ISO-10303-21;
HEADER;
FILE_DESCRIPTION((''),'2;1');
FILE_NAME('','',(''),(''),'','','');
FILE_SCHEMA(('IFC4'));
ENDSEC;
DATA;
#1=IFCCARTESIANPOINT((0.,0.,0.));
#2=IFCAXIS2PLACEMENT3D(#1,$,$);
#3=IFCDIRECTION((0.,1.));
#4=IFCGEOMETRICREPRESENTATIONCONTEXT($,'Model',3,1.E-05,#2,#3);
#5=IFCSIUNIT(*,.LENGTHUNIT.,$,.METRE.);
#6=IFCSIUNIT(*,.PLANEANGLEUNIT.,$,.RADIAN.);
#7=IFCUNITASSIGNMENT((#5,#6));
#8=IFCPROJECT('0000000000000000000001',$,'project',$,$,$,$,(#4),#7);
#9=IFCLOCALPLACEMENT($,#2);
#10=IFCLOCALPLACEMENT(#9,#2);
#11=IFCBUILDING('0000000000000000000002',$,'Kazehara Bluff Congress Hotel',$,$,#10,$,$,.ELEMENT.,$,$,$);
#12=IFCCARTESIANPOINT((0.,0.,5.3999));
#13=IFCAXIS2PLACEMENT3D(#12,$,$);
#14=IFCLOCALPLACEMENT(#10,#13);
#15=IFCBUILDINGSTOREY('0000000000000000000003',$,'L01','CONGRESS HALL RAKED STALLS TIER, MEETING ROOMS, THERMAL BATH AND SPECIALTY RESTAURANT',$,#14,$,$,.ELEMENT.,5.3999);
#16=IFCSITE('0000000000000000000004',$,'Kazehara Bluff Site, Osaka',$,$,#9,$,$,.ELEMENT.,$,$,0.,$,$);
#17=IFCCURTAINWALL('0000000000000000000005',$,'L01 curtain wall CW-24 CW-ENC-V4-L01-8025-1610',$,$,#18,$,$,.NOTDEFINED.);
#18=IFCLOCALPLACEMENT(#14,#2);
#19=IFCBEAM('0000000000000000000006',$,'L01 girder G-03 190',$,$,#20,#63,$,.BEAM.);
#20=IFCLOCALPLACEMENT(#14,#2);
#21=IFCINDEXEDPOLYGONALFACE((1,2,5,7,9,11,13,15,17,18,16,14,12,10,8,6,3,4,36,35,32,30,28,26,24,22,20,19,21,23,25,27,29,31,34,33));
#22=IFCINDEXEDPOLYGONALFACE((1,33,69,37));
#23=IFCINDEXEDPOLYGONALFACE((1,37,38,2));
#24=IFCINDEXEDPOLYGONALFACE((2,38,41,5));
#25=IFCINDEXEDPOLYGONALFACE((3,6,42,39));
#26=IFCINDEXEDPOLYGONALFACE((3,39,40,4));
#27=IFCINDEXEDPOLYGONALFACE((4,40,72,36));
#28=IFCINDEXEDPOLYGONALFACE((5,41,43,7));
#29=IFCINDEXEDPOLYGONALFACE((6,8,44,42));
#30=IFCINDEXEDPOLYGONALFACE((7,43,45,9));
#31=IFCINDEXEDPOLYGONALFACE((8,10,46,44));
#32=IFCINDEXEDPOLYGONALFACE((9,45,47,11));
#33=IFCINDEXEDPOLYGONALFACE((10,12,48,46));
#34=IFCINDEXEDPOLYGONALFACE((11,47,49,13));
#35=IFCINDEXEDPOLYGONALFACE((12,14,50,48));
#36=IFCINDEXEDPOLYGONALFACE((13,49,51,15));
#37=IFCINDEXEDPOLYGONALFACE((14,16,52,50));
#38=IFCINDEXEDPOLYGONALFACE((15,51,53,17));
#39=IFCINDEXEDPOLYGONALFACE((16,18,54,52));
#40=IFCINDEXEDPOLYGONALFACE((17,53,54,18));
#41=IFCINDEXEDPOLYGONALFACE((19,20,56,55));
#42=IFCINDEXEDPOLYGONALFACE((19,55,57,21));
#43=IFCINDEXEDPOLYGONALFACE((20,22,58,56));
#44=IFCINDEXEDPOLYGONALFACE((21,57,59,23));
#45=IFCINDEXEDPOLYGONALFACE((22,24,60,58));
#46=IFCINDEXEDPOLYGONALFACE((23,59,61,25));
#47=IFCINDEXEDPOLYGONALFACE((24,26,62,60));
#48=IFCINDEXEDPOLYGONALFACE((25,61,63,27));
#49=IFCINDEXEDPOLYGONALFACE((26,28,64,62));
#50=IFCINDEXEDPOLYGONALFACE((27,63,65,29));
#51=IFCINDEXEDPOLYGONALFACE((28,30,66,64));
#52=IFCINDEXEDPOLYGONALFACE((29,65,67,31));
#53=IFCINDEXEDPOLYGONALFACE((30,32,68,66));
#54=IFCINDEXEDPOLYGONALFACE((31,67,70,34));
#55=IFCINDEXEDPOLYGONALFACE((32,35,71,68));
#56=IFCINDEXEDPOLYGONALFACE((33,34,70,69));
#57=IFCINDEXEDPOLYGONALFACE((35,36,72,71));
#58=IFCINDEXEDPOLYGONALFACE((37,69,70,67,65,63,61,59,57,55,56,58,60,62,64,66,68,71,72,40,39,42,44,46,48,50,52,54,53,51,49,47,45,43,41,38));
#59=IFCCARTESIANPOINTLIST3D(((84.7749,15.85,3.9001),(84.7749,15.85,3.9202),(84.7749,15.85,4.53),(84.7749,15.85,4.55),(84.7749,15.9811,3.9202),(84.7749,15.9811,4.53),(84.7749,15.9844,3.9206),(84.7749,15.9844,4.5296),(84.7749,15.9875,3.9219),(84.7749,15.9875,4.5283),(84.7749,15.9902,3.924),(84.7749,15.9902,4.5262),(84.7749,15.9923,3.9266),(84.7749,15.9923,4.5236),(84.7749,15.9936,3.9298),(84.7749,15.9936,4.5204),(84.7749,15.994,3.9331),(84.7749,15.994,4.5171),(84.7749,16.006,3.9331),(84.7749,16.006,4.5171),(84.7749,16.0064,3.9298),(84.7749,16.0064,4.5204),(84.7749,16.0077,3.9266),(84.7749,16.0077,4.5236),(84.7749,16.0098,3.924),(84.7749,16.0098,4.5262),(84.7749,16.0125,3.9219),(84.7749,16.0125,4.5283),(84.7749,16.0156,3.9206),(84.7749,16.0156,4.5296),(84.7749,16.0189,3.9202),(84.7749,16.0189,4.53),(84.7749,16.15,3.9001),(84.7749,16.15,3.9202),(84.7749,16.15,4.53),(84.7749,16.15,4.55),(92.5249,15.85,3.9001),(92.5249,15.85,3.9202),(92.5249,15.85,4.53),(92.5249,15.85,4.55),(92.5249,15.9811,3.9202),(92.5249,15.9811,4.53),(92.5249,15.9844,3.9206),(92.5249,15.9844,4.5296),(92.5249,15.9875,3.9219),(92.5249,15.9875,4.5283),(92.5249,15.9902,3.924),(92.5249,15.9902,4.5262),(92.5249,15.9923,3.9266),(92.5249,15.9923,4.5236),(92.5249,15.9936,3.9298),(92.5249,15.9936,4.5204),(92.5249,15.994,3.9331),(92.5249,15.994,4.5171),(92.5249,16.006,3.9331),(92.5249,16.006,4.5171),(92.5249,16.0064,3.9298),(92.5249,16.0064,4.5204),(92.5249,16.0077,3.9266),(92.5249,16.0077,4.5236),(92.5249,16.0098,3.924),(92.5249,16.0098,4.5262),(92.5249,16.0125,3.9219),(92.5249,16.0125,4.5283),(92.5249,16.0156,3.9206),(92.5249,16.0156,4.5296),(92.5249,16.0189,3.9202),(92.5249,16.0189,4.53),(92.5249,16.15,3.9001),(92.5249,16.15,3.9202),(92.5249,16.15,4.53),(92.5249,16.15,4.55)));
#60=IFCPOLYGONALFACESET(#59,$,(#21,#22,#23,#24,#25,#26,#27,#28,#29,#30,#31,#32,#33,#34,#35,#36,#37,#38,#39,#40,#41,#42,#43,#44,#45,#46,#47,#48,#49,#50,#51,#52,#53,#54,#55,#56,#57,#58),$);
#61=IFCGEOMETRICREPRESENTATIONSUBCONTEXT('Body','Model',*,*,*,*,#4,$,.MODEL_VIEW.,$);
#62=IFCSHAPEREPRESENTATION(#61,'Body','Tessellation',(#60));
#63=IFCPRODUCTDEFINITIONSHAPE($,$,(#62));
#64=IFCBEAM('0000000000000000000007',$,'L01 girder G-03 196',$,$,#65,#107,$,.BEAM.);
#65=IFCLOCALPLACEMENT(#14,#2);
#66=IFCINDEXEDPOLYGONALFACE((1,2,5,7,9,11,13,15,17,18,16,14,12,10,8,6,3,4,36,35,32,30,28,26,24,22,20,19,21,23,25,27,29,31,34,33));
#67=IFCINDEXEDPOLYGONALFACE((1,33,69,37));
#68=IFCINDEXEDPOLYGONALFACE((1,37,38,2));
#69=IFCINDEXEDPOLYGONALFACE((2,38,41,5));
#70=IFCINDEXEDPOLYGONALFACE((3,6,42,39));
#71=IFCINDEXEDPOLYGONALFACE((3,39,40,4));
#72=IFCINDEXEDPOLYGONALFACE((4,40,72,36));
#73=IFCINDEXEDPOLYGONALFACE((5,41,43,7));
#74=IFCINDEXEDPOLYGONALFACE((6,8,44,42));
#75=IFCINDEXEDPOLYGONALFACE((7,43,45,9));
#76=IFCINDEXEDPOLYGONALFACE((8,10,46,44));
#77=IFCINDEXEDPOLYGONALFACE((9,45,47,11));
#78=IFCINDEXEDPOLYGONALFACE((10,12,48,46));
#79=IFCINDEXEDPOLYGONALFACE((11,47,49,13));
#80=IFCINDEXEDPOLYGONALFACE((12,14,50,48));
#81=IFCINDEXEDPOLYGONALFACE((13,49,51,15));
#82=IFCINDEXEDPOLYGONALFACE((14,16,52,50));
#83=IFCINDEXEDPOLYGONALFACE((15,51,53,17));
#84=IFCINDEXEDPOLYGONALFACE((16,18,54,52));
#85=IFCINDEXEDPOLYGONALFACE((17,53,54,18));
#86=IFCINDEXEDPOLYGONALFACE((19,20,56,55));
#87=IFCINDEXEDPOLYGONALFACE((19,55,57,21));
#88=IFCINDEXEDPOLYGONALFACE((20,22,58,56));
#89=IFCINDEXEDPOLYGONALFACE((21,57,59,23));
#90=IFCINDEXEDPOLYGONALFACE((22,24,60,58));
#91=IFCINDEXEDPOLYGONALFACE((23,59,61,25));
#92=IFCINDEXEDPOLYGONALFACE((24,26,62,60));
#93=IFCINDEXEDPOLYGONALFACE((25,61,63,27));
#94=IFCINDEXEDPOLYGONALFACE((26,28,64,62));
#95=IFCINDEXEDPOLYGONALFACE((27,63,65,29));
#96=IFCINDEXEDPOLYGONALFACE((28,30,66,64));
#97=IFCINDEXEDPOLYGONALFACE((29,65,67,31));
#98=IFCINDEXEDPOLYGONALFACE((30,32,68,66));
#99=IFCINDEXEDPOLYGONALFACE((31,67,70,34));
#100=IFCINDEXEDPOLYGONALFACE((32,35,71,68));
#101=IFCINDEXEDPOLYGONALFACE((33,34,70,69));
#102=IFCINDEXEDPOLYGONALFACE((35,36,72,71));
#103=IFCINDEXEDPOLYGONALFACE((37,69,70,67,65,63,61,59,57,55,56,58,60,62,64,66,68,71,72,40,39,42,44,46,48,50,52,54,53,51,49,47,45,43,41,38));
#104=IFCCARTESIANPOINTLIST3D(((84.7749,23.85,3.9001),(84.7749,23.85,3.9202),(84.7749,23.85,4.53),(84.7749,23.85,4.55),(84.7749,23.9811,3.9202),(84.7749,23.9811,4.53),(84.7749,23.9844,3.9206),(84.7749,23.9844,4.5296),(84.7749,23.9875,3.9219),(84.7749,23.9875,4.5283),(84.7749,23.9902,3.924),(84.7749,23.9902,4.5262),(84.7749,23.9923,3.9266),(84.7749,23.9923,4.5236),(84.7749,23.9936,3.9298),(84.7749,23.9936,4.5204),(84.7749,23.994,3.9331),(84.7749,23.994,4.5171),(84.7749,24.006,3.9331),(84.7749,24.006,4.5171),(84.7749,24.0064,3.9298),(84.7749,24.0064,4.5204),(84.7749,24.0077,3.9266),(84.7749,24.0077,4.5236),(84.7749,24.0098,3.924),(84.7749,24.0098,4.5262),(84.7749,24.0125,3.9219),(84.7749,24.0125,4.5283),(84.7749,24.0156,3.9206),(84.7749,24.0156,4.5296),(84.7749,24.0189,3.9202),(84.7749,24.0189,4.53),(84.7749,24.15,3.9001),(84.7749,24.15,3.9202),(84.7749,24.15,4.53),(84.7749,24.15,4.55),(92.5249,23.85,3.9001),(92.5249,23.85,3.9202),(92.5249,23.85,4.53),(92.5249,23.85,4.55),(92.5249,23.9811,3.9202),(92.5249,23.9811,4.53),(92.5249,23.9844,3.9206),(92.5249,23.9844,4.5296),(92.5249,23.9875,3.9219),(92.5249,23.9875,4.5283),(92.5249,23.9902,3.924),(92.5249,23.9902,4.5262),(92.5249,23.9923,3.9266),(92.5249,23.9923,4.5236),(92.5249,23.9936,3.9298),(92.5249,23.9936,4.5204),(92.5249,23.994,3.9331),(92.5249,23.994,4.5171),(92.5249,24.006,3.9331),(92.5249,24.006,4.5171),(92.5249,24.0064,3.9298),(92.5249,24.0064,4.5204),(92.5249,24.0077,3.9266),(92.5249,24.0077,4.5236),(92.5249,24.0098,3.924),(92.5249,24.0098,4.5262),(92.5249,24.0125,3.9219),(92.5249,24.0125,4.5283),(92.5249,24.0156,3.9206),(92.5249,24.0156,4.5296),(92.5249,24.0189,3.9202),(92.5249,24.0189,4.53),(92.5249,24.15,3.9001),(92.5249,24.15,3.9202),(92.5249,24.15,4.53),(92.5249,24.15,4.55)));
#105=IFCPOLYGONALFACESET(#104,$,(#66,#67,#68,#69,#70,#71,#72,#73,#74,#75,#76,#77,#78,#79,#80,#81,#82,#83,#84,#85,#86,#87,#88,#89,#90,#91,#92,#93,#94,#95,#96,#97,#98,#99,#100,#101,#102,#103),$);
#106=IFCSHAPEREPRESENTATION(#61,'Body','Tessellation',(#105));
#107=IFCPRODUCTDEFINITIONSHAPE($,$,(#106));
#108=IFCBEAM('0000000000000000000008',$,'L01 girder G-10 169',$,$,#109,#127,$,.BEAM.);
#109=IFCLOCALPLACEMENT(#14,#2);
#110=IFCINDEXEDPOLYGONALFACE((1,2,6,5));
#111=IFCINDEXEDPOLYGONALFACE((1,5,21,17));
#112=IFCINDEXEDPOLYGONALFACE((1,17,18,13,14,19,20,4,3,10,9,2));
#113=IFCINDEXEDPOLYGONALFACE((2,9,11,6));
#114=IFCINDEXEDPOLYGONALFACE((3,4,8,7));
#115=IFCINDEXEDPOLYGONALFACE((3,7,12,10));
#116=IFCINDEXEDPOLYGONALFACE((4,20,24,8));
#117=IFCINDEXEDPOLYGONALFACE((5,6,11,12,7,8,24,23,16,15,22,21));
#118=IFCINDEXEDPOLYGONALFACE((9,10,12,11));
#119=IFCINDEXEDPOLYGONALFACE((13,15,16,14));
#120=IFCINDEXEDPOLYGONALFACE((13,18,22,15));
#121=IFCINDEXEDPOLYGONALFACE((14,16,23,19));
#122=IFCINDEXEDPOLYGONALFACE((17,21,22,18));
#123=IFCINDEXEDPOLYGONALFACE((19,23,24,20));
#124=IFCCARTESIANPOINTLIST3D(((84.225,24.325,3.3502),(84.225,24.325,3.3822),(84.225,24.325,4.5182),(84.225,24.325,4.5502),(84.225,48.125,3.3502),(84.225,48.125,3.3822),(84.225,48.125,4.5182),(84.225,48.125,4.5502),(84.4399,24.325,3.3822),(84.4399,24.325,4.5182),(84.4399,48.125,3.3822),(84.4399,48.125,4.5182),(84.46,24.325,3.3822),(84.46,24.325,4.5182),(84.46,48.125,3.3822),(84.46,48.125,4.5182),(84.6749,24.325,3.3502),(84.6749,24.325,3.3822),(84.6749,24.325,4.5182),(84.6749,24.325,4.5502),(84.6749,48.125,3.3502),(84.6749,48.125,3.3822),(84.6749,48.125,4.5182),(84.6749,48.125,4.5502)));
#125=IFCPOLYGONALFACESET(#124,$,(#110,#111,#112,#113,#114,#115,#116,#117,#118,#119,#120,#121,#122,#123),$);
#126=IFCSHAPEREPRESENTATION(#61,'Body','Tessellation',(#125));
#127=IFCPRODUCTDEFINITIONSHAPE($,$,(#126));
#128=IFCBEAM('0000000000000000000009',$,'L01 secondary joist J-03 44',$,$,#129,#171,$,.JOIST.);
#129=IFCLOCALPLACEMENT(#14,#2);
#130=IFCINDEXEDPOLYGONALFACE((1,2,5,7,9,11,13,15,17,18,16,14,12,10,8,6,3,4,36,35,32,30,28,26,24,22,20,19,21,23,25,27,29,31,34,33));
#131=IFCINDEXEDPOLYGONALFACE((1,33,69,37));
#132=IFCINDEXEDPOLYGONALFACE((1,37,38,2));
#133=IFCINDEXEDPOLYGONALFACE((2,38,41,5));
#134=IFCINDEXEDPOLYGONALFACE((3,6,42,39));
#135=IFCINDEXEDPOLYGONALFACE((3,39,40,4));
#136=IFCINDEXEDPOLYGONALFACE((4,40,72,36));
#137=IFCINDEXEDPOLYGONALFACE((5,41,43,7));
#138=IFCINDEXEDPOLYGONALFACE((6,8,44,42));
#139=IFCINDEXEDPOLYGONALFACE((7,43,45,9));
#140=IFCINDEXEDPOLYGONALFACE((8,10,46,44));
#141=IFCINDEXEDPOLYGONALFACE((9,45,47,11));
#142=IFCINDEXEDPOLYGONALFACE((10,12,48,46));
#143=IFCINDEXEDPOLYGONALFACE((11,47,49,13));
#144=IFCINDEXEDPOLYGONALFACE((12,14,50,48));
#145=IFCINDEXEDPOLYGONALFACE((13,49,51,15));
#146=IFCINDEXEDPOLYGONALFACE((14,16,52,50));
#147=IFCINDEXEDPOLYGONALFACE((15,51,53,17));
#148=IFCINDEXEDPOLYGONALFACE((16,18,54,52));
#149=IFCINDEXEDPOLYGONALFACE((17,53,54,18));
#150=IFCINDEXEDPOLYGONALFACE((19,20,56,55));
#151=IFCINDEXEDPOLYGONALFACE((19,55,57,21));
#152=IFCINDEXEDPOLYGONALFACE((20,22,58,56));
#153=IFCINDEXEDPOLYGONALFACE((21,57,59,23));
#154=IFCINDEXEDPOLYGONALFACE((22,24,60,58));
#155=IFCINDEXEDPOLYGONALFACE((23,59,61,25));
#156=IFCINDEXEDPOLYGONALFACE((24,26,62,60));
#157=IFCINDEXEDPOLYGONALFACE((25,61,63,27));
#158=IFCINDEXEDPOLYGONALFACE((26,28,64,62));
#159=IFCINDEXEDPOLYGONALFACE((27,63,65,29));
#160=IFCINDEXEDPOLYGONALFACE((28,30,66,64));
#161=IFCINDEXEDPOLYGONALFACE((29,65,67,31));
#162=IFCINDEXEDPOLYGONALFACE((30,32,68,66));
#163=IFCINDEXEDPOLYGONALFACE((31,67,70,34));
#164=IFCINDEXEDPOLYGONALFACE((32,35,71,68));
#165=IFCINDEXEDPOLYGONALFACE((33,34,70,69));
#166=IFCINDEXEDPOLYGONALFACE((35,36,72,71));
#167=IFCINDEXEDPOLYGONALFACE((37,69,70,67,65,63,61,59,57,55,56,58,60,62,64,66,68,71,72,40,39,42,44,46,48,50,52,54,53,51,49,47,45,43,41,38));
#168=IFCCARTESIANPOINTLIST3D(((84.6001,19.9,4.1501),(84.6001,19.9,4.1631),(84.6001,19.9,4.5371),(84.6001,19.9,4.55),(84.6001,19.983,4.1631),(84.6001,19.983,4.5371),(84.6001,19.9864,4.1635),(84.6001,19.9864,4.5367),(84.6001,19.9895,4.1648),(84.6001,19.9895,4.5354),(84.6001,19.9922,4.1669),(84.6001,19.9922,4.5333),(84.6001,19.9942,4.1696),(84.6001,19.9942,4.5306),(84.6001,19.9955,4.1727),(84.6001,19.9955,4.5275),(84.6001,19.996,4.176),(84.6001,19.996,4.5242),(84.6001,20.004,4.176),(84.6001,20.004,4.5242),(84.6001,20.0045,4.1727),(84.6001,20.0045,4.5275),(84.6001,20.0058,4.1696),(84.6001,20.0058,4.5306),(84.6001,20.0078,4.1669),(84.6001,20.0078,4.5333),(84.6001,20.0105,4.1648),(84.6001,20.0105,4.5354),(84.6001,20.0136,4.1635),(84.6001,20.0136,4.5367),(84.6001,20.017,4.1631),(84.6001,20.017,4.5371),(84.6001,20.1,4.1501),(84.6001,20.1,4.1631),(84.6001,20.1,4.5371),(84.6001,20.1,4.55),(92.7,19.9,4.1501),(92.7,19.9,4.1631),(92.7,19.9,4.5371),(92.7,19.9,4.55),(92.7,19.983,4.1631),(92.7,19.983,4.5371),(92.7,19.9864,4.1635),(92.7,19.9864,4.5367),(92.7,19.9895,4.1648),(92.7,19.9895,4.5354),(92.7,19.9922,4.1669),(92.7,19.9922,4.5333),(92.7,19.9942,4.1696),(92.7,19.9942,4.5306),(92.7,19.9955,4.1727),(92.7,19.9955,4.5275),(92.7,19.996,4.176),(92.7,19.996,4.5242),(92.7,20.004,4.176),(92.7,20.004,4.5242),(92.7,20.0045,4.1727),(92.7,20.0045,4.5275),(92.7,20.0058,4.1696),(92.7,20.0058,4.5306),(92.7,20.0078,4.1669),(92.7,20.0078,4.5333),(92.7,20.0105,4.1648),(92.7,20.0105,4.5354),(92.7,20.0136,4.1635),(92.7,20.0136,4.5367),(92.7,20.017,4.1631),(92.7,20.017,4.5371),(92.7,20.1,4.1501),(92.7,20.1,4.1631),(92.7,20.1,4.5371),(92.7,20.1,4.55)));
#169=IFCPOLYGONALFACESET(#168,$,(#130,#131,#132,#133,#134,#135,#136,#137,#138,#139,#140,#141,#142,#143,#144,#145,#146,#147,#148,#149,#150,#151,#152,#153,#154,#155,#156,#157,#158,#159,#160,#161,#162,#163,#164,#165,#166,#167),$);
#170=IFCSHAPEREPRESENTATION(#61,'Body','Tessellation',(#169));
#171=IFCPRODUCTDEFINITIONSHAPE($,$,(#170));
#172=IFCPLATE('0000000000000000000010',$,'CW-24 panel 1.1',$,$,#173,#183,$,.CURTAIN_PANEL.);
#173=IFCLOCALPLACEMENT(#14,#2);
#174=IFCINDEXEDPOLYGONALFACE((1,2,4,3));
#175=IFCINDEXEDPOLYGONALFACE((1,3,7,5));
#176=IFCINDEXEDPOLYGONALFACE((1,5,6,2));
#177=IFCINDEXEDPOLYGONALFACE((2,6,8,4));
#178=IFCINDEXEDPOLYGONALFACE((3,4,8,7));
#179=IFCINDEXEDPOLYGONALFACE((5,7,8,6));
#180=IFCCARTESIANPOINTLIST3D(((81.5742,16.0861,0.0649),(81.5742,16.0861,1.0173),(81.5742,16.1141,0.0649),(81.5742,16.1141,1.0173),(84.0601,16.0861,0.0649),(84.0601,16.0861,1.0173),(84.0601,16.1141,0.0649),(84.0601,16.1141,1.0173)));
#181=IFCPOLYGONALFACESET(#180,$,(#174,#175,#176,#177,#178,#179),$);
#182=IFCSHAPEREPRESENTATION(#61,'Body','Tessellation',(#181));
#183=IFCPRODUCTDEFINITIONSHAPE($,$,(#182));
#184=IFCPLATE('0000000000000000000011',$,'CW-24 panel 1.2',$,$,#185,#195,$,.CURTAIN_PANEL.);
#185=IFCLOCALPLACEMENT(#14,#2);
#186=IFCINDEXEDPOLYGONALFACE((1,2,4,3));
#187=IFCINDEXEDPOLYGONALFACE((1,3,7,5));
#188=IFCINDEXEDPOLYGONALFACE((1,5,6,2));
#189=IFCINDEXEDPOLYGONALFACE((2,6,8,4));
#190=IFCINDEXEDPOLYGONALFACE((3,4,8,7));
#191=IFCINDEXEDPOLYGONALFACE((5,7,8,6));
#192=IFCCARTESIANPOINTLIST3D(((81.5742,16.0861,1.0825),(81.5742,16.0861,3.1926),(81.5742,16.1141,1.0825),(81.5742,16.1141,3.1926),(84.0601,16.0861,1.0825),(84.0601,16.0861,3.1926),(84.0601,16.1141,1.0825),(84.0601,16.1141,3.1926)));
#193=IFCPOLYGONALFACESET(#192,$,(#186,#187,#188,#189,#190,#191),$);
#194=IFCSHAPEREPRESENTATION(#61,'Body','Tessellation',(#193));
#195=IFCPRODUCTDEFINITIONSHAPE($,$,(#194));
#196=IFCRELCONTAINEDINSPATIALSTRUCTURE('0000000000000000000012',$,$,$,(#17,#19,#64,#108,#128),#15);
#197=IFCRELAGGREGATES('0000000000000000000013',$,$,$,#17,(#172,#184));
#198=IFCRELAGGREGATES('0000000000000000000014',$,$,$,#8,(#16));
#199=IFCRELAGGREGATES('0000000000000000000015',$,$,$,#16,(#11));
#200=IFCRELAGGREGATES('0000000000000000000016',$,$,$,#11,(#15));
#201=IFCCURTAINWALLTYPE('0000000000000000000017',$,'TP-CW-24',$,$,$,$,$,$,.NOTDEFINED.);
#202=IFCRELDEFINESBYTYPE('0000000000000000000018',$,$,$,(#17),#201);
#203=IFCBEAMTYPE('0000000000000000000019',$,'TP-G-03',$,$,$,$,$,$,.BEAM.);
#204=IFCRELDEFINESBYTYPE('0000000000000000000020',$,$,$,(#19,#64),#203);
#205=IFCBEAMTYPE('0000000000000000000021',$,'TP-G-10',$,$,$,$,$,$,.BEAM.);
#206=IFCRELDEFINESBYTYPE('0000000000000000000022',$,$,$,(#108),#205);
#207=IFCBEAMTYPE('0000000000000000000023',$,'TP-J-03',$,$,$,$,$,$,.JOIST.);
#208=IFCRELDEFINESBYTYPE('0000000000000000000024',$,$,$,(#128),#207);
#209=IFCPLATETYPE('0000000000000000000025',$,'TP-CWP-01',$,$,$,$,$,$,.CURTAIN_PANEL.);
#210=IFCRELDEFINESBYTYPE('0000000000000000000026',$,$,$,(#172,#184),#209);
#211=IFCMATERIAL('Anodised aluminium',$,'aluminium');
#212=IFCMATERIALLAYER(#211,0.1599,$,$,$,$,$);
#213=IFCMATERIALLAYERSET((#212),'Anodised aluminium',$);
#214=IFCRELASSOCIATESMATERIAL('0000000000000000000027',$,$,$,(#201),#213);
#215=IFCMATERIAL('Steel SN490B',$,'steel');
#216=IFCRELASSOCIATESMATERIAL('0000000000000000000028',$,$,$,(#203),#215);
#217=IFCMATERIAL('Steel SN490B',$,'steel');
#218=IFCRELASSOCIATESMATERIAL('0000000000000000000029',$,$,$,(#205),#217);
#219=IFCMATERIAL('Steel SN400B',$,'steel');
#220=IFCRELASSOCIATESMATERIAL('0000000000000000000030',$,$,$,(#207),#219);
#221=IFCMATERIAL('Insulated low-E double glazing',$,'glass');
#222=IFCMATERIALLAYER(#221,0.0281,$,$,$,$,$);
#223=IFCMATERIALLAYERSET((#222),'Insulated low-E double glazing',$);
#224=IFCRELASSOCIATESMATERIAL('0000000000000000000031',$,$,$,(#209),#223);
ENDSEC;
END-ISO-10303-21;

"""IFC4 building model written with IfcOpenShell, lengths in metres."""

from ifc_helpers import new_model, si_unit, direction, frame, origin, origin_2d, place, context, subcontext, project, spatial, rectangle, i_section, extrude, material, layer, layer_set, material_profile, profile_set, type_object, element, aggregate, save


model = new_model("IFC4")

# Units and contexts
model_context = context("Model", 3, precision=1e-05, world=origin(), true_north=direction((0.0, 1.0)))
body_context = subcontext(model_context, "Body", "Model", "MODEL_VIEW")
ifc_project = project(units=[si_unit("LENGTHUNIT", "METRE"), si_unit("PLANEANGLEUNIT", "RADIAN")], contexts=[model_context])

# Site, building, storey
site_placement = place(None, origin())
site = spatial("IfcSite", under=ifc_project, at=site_placement, Name="Kazehara Bluff Site, Osaka", CompositionType="ELEMENT", RefElevation=0.0)
building_placement = place(site_placement, origin())
building = spatial("IfcBuilding", under=site, at=building_placement, Name="Kazehara Bluff Congress Hotel", CompositionType="ELEMENT")
storey_placement = place(building_placement, frame((0.0, 0.0, 5.3999)))
storey = spatial("IfcBuildingStorey", under=building, at=storey_placement, Name="L01", Description="CONGRESS HALL RAKED STALLS TIER, MEETING ROOMS, THERMAL BATH AND SPECIALTY RESTAURANT", CompositionType="ELEMENT", Elevation=5.3999)

# Curtain wall
ifc_material_1 = material(Name="Anodised aluminium", Category="aluminium")
ifc_layer_1 = layer(ifc_material_1, 0.1599)
ifc_layer_set_1 = layer_set([ifc_layer_1], Name="Anodised aluminium")
curtain_wall_type = type_object("IfcCurtainWallType", Name="TP-CW-24", PredefinedType="NOTDEFINED", material=ifc_layer_set_1)
curtain_wall_1_placement = place(storey_placement, origin())
curtain_wall_1 = element("IfcCurtainWall", 1, at=curtain_wall_1_placement, inside=storey, type_object=curtain_wall_type, Name="L01 curtain wall CW-24 CW-ENC-V4-L01-8025-1610", PredefinedType="NOTDEFINED")

# Beams
ifc_material_2 = material(Name="Steel SN490B", Category="steel")
ifc_material_profile_1 = material_profile(ifc_material_2, i_section(OverallWidth=0.3, OverallDepth=0.6499, WebThickness=0.012, FlangeThickness=0.02, FilletRadius=0.0129, at=origin_2d()))
ifc_profile_set_1 = profile_set([ifc_material_profile_1], Name="Steel SN490B")
beam_type_1 = type_object("IfcBeamType", Name="TP-G-03", PredefinedType="BEAM", material=ifc_profile_set_1)
for number, where, z_axis, x_axis, name in (
    (2, (84.7749, 16.0, 4.2251), (1.0, 0.0, 0.0), (0.0, 1.0, 0.0), "L01 girder G-03 190"),
    (3, (84.7749, 24.0, 4.2251), (1.0, 0.0, 0.0), (0.0, 1.0, 0.0), "L01 girder G-03 196"),
):
    element("IfcBeam", number, at=place(storey_placement, frame(where, z_axis=z_axis, x_axis=x_axis)), inside=storey, type_object=beam_type_1, Name=name, PredefinedType="BEAM", context=body_context, shape_type="SweptSolid", body=[
        extrude(i_section(OverallWidth=0.3, OverallDepth=0.6499, WebThickness=0.012, FlangeThickness=0.02, FilletRadius=0.0129, at=origin_2d()), origin(), (0.0, 0.0, 1.0), 7.75),
    ])
ifc_material_3 = material(Name="Steel SN490B", Category="steel")
ifc_material_profile_2 = material_profile(ifc_material_3, i_section(OverallWidth=0.45, OverallDepth=1.2, WebThickness=0.02, FlangeThickness=0.032, at=origin_2d()))
ifc_profile_set_2 = profile_set([ifc_material_profile_2], Name="Steel SN490B")
beam_type_2 = type_object("IfcBeamType", Name="TP-G-10", PredefinedType="BEAM", material=ifc_profile_set_2)
beam_1_placement = place(storey_placement, frame((84.45, 24.325, 3.9502), z_axis=(0.0, 1.0, 0.0), x_axis=(-1.0, 0.0, 0.0)))
element("IfcBeam", 4, at=beam_1_placement, inside=storey, type_object=beam_type_2, Name="L01 girder G-10 169", PredefinedType="BEAM", context=body_context, shape_type="SweptSolid", body=[
    extrude(i_section(OverallWidth=0.45, OverallDepth=1.2, WebThickness=0.02, FlangeThickness=0.032, at=origin_2d()), origin(), (0.0, 0.0, 1.0), 23.8),
])
ifc_material_4 = material(Name="Steel SN400B", Category="steel")
ifc_material_profile_3 = material_profile(ifc_material_4, i_section(OverallWidth=0.2, OverallDepth=0.3999, WebThickness=0.0081, FlangeThickness=0.0129, FilletRadius=0.0129, at=origin_2d()))
ifc_profile_set_3 = profile_set([ifc_material_profile_3], Name="Steel SN400B")
beam_type_3 = type_object("IfcBeamType", Name="TP-J-03", PredefinedType="JOIST", material=ifc_profile_set_3)
beam_2_placement = place(storey_placement, frame((84.6001, 20.0, 4.3501), z_axis=(1.0, 0.0, 0.0), x_axis=(0.0, 1.0, 0.0)))
element("IfcBeam", 5, at=beam_2_placement, inside=storey, type_object=beam_type_3, Name="L01 secondary joist J-03 44", PredefinedType="JOIST", context=body_context, shape_type="SweptSolid", body=[
    extrude(i_section(OverallWidth=0.2, OverallDepth=0.3999, WebThickness=0.0081, FlangeThickness=0.0129, FilletRadius=0.0129, at=origin_2d()), origin(), (0.0, 0.0, 1.0), 8.0999),
])

# Plates
ifc_material_5 = material(Name="Insulated low-E double glazing", Category="glass")
ifc_layer_2 = layer(ifc_material_5, 0.0281)
ifc_layer_set_2 = layer_set([ifc_layer_2], Name="Insulated low-E double glazing")
plate_type = type_object("IfcPlateType", Name="TP-CWP-01", PredefinedType="CURTAIN_PANEL", material=ifc_layer_set_2)
plate_1_placement = place(storey_placement, frame((82.8171, 16.1001, 0.0649), z_axis=(0.0, 0.0, 1.0), x_axis=(-1.0, 0.0, 0.0)))
plate_1 = element("IfcPlate", 6, at=plate_1_placement, type_object=plate_type, Name="CW-24 panel 1.1", PredefinedType="CURTAIN_PANEL", context=body_context, shape_type="SweptSolid", body=[
    extrude(rectangle(XDim=2.4858, YDim=0.0281, at=origin_2d()), origin(), (0.0, 0.0, 1.0), 0.9524),
])
plate_2_placement = place(storey_placement, frame((82.8171, 16.1001, 1.0825), z_axis=(0.0, 0.0, 1.0), x_axis=(-1.0, 0.0, 0.0)))
plate_2 = element("IfcPlate", 7, at=plate_2_placement, type_object=plate_type, Name="CW-24 panel 1.2", PredefinedType="CURTAIN_PANEL", context=body_context, shape_type="SweptSolid", body=[
    extrude(rectangle(XDim=2.4858, YDim=0.0281, at=origin_2d()), origin(), (0.0, 0.0, 1.0), 2.1101),
])
aggregate(curtain_wall_1, [plate_1, plate_2])

save(model, "model.ifc")
